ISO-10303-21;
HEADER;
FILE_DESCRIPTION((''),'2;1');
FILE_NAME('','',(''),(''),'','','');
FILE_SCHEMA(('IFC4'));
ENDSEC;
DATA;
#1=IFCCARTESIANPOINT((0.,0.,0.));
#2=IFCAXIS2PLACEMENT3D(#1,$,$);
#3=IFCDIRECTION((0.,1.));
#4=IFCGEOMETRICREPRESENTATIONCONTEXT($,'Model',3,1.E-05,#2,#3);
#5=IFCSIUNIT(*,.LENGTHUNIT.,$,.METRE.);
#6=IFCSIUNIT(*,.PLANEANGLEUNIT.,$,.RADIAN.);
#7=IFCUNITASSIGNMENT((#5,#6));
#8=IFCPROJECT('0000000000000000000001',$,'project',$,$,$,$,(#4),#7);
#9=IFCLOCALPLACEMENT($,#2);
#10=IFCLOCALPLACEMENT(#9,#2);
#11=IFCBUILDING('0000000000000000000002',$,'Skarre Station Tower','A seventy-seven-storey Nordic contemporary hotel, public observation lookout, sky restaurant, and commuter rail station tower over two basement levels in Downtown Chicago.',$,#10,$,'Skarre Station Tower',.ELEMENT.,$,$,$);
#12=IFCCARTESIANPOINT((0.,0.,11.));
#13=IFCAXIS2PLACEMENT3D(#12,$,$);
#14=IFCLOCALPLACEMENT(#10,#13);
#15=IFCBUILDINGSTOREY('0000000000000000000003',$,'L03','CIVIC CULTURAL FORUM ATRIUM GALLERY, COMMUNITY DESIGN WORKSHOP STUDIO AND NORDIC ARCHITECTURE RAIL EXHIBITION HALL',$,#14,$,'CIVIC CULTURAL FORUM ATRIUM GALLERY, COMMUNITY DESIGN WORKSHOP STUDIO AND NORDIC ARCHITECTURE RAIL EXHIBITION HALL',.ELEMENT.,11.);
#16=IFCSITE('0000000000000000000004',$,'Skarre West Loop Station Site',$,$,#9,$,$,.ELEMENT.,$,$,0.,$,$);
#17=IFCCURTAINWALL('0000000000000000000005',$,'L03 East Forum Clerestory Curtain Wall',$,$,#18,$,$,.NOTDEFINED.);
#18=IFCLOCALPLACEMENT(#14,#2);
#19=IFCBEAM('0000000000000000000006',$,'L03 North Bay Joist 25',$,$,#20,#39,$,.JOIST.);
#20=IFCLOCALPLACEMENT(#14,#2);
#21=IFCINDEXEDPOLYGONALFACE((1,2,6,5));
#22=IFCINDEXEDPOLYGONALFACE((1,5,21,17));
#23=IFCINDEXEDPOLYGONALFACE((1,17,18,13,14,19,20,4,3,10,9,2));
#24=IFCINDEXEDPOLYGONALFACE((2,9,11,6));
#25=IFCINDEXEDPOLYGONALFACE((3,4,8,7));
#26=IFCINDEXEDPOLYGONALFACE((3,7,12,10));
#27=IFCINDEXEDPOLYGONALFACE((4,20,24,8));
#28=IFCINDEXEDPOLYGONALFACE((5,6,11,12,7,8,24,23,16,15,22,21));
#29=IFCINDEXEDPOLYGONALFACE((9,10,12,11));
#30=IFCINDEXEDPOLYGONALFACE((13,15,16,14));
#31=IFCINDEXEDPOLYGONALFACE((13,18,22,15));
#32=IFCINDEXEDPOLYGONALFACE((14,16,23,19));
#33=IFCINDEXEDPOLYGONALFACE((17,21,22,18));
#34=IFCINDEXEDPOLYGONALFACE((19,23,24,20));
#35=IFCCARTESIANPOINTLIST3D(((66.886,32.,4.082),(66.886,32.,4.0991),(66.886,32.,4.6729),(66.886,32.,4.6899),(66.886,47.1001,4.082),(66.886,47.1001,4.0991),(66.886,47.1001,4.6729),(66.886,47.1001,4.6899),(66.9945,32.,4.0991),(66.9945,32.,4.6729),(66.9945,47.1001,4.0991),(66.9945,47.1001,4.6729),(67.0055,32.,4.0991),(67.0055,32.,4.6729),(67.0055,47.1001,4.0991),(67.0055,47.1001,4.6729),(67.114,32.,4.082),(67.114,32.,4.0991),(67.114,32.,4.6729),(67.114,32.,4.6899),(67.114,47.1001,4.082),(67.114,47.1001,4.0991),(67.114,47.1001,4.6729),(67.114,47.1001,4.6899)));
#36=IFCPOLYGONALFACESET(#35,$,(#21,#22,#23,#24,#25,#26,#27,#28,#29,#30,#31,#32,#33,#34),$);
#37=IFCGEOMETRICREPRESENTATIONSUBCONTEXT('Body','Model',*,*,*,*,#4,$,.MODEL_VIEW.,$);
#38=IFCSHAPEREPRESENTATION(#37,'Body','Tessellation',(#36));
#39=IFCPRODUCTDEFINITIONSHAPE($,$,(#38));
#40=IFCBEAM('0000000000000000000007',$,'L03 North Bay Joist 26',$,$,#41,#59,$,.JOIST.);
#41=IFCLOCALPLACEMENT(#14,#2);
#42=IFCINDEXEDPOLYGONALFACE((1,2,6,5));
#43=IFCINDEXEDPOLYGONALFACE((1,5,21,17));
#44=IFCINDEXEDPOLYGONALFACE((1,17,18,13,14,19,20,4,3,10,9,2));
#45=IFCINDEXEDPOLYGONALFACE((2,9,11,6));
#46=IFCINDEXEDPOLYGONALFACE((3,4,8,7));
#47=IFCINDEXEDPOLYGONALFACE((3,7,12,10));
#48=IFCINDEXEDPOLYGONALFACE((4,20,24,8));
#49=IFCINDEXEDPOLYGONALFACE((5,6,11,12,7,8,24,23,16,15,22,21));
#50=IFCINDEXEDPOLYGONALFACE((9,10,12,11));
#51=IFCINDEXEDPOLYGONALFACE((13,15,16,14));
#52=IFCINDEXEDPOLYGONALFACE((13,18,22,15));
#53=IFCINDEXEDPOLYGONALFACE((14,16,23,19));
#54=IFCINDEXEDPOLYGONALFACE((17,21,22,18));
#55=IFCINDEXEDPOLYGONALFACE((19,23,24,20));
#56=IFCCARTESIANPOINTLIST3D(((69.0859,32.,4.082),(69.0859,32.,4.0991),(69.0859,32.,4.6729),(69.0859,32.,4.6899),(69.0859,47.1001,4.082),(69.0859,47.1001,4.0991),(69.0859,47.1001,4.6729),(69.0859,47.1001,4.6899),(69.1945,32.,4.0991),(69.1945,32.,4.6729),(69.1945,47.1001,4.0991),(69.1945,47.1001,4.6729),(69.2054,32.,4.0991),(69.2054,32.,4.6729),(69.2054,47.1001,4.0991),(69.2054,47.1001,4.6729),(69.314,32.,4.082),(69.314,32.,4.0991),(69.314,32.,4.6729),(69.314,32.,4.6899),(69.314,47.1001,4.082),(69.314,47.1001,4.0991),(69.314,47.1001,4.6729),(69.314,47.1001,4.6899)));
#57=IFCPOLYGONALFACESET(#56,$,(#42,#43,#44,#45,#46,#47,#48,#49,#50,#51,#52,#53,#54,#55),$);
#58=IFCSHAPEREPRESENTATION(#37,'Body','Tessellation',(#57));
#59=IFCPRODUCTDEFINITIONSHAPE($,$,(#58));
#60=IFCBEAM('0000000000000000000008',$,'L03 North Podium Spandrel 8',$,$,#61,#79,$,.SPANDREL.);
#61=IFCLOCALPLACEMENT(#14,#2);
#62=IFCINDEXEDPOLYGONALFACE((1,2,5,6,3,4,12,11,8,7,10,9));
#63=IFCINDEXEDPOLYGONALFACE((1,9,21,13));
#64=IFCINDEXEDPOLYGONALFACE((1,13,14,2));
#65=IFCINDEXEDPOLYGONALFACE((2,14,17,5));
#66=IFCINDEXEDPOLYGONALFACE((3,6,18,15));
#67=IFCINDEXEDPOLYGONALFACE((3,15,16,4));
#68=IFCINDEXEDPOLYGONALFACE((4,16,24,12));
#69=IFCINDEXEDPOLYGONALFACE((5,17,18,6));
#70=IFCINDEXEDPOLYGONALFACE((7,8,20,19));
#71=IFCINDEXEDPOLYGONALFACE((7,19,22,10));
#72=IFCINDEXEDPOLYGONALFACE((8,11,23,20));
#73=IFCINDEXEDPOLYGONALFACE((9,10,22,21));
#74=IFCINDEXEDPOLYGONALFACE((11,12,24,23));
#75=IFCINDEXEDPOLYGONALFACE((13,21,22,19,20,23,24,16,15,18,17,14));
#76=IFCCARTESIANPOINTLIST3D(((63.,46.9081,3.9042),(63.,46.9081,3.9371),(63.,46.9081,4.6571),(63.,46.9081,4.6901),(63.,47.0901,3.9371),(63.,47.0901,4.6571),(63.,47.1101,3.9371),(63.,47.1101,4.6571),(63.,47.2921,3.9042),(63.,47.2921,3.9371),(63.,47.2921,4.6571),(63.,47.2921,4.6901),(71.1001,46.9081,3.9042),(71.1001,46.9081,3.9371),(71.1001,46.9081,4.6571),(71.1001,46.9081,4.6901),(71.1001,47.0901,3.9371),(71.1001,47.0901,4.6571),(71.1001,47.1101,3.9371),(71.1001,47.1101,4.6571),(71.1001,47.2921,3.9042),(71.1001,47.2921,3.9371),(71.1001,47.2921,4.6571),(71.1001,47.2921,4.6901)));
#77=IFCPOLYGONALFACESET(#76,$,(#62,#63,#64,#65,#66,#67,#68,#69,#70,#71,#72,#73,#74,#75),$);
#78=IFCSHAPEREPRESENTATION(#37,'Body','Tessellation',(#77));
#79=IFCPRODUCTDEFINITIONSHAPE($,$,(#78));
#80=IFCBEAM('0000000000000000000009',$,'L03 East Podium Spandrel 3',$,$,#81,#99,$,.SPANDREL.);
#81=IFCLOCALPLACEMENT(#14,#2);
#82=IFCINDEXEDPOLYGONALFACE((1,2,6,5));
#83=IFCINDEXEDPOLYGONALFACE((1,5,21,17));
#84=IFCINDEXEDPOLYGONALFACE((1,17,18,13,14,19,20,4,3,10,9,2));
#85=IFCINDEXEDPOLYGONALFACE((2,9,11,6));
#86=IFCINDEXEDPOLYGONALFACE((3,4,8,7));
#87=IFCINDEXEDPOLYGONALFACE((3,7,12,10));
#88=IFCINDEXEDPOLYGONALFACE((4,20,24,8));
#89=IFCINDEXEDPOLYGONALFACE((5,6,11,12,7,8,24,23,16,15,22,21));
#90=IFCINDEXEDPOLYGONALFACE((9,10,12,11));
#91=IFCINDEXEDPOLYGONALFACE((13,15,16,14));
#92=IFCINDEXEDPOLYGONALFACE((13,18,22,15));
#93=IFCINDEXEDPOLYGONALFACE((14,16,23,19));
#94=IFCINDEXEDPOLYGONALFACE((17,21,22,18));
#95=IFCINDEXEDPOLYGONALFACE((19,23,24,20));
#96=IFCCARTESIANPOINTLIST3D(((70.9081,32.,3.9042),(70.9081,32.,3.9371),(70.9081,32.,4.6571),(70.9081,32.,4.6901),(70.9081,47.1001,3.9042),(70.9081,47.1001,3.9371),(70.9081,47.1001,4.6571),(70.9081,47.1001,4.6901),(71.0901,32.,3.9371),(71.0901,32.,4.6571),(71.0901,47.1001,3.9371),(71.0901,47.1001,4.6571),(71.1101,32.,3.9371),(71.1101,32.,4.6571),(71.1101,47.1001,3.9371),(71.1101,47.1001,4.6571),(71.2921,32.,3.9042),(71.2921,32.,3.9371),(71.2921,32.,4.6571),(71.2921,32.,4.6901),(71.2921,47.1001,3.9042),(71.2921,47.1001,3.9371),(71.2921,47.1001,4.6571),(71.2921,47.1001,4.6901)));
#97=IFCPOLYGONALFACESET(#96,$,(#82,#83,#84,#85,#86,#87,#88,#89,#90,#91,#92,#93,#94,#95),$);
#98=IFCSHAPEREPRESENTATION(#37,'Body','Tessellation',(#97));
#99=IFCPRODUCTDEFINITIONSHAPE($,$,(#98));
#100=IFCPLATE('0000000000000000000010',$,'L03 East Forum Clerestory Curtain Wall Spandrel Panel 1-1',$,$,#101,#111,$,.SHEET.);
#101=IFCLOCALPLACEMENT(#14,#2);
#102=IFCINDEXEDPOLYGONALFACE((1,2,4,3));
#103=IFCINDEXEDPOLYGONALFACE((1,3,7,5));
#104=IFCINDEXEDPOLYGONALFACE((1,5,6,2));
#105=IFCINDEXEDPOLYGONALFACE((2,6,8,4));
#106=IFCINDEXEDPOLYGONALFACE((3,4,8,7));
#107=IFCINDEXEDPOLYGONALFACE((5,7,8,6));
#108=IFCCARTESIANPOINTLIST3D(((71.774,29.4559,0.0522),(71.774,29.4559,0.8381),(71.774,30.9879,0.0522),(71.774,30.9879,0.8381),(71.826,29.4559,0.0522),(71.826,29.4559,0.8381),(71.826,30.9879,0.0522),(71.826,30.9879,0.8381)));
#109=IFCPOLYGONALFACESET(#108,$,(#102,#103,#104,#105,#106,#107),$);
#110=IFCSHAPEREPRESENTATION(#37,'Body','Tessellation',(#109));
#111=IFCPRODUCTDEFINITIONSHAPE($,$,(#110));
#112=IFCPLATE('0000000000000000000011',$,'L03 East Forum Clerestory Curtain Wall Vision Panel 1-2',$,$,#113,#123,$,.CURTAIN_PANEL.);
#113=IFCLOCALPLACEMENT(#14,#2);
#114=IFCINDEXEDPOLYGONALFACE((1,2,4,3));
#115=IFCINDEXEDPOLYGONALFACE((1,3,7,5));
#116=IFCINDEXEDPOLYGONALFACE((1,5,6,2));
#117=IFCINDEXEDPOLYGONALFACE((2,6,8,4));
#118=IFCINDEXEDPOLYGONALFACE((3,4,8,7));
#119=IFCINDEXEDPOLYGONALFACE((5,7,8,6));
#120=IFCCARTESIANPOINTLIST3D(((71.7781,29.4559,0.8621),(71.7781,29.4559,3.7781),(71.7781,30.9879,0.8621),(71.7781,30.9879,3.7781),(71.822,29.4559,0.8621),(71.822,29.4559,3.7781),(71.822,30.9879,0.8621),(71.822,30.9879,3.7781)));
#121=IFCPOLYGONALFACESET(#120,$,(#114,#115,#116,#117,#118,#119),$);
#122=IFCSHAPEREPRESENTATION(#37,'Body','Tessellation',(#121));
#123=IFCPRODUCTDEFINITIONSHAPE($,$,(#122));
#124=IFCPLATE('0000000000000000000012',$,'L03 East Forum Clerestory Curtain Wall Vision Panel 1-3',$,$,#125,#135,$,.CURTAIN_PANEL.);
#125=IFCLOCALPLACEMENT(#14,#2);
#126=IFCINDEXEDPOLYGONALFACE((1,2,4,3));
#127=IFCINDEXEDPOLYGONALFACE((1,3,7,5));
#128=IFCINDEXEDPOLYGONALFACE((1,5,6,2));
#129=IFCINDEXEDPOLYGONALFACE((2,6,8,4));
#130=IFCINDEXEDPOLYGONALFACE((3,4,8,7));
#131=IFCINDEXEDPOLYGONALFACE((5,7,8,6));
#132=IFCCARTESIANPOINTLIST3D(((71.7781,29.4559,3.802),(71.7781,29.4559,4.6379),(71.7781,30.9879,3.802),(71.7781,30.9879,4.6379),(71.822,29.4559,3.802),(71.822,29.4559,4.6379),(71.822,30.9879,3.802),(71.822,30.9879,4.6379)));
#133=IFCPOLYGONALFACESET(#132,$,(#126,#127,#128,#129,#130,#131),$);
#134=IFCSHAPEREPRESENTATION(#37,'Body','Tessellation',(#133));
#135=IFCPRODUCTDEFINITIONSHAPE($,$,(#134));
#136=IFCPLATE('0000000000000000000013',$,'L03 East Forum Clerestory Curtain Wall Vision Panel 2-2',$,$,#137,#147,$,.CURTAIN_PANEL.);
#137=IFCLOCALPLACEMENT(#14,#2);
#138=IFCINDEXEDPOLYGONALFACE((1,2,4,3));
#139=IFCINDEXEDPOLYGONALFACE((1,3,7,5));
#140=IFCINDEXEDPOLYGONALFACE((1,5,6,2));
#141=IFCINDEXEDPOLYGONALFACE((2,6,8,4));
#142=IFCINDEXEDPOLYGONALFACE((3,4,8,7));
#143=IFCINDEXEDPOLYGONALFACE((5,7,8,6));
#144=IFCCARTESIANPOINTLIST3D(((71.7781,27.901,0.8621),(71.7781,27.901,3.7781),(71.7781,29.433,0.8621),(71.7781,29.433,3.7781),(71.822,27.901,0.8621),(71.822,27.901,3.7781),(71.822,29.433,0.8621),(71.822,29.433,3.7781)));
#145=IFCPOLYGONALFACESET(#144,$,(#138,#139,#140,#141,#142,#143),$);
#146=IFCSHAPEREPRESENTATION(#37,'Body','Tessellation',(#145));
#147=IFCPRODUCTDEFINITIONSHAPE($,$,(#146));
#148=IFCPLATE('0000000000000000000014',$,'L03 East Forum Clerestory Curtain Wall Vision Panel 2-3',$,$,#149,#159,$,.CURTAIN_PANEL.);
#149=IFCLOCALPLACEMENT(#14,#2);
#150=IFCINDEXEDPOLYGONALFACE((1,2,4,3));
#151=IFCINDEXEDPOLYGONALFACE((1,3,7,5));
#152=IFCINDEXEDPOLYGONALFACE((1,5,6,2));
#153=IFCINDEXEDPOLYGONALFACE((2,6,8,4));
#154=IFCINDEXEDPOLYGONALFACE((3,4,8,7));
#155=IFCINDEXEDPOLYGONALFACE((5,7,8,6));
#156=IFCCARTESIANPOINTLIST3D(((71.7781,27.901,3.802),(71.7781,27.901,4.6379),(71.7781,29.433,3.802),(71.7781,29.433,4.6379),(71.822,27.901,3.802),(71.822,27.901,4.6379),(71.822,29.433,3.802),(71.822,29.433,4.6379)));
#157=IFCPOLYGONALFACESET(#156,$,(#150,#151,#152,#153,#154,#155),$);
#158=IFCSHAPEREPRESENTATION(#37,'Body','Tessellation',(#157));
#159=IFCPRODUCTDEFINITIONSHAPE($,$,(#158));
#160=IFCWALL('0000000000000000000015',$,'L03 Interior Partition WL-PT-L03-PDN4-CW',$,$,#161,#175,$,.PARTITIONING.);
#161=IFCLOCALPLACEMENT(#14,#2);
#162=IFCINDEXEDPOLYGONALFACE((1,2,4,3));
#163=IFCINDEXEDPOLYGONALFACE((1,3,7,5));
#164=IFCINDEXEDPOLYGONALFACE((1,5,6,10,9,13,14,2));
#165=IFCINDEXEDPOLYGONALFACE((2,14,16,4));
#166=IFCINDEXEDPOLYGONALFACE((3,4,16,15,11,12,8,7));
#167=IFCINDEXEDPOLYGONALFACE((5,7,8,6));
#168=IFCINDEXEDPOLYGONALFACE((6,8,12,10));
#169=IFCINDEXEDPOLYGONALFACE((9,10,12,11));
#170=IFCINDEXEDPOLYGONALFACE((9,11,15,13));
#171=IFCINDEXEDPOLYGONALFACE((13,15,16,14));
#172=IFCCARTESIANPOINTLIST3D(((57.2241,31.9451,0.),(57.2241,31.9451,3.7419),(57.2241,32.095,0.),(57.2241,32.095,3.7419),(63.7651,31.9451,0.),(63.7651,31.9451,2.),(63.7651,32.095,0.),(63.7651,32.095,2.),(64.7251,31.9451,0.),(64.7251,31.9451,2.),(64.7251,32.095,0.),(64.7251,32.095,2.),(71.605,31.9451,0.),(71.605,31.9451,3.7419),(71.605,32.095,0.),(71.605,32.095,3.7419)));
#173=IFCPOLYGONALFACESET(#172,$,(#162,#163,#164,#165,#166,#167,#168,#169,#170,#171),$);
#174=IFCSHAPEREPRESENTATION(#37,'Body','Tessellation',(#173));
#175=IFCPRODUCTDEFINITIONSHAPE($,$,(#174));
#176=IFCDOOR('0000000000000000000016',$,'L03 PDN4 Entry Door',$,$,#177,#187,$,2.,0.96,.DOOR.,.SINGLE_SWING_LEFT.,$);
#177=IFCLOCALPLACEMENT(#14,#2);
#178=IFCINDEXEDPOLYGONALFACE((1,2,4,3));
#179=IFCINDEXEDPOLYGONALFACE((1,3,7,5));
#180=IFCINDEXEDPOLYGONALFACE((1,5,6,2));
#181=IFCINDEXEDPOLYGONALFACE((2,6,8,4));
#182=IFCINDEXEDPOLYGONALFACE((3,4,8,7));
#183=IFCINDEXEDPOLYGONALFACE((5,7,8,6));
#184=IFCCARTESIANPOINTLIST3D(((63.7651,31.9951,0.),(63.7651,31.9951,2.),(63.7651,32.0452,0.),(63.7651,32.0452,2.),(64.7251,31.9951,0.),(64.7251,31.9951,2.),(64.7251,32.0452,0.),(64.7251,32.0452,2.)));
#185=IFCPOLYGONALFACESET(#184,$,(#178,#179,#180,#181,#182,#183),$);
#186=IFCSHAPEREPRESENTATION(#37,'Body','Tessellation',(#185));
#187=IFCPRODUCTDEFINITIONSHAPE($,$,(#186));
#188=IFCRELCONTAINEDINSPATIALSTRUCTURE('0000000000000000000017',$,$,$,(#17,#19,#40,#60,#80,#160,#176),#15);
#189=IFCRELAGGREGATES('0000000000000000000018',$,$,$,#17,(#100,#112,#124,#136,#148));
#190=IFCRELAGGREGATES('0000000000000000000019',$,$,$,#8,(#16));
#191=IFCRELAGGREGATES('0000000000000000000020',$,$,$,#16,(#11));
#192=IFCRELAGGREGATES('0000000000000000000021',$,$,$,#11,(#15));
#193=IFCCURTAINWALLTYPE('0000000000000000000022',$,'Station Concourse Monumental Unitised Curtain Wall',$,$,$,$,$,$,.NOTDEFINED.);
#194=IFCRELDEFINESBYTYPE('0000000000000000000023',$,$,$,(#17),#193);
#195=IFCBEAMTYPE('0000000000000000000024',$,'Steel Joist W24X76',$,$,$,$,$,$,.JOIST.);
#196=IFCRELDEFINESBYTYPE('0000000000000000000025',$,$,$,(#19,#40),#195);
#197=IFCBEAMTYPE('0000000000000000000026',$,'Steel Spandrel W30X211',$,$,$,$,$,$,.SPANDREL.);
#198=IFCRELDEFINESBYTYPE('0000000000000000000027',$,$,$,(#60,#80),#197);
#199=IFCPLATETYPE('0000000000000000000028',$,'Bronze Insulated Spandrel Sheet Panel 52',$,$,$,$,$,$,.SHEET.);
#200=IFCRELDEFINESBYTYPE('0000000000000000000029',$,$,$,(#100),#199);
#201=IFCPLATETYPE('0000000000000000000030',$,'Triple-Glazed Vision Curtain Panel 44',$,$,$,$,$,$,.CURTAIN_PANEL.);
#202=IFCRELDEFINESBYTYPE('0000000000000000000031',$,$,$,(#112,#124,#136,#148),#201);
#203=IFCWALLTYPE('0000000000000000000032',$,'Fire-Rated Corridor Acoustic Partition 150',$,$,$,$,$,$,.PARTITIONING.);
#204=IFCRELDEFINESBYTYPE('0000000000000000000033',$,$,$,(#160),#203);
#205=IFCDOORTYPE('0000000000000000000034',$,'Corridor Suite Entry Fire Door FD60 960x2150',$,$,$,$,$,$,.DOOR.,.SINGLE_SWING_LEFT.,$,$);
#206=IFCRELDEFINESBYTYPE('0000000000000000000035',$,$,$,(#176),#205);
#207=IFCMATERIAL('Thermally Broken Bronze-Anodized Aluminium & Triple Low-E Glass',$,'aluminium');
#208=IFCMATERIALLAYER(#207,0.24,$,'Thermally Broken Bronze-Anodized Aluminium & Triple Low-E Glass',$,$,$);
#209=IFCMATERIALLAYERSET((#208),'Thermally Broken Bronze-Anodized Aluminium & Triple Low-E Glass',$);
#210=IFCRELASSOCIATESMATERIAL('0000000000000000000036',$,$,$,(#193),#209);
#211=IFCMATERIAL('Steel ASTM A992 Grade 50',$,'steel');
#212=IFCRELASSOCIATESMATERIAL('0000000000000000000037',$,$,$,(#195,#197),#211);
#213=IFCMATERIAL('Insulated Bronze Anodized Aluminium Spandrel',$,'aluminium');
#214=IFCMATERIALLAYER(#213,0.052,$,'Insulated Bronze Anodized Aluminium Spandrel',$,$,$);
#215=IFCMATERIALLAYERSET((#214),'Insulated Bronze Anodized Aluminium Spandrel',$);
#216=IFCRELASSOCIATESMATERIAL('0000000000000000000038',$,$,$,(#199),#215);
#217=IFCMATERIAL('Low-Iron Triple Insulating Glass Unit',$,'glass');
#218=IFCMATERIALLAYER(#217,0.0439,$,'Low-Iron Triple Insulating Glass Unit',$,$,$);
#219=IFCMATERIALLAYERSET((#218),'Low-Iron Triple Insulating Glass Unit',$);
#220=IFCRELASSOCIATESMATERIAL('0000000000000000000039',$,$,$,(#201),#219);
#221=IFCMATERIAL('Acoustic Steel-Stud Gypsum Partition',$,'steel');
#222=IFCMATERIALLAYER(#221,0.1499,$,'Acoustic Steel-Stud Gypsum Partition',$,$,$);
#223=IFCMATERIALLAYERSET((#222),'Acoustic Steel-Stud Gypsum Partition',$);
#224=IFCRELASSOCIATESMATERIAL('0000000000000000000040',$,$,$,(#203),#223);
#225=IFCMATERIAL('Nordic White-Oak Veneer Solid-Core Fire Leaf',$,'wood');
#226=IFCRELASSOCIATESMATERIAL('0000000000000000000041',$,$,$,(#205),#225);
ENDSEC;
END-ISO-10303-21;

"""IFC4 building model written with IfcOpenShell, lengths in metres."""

from ifc_helpers import new_model, si_unit, direction, frame, frame_2d, origin, origin_2d, place, context, subcontext, project, spatial, rectangle, i_section, extrude, material, layer, layer_set, material_profile, profile_set, type_object, element, fill, aggregate, save


model = new_model("IFC4")

# Units and contexts
model_context = context("Model", 3, precision=1e-05, world=origin(), true_north=direction((0.0, 1.0)))
body_context = subcontext(model_context, "Body", "Model", "MODEL_VIEW")
ifc_project = project(units=[si_unit("LENGTHUNIT", "METRE"), si_unit("PLANEANGLEUNIT", "RADIAN")], contexts=[model_context])

# Site, building, storey
site_placement = place(None, origin())
site = spatial("IfcSite", under=ifc_project, at=site_placement, Name="Skarre West Loop Station Site", CompositionType="ELEMENT", RefElevation=0.0)
building_placement = place(site_placement, origin())
building = spatial("IfcBuilding", under=site, at=building_placement, Name="Skarre Station Tower", Description="A seventy-seven-storey Nordic contemporary hotel, public observation lookout, sky restaurant, and commuter rail station tower over two basement levels in Downtown Chicago.", LongName="Skarre Station Tower", CompositionType="ELEMENT")
storey_placement = place(building_placement, frame((0.0, 0.0, 11.0)))
storey = spatial("IfcBuildingStorey", under=building, at=storey_placement, Name="L03", Description="CIVIC CULTURAL FORUM ATRIUM GALLERY, COMMUNITY DESIGN WORKSHOP STUDIO AND NORDIC ARCHITECTURE RAIL EXHIBITION HALL", LongName="CIVIC CULTURAL FORUM ATRIUM GALLERY, COMMUNITY DESIGN WORKSHOP STUDIO AND NORDIC ARCHITECTURE RAIL EXHIBITION HALL", CompositionType="ELEMENT", Elevation=11.0)

# Curtain wall
ifc_material_1 = material(Name="Thermally Broken Bronze-Anodized Aluminium & Triple Low-E Glass", Category="aluminium")
ifc_layer_1 = layer(ifc_material_1, 0.24, Name="Thermally Broken Bronze-Anodized Aluminium & Triple Low-E Glass")
ifc_layer_set_1 = layer_set([ifc_layer_1], Name="Thermally Broken Bronze-Anodized Aluminium & Triple Low-E Glass")
curtain_wall_type = type_object("IfcCurtainWallType", Name="Station Concourse Monumental Unitised Curtain Wall", PredefinedType="NOTDEFINED", material=ifc_layer_set_1)
curtain_wall_placement = place(storey_placement, origin())
curtain_wall = element("IfcCurtainWall", 1, at=curtain_wall_placement, inside=storey, type_object=curtain_wall_type, Name="L03 East Forum Clerestory Curtain Wall", PredefinedType="NOTDEFINED")

# Beams
ifc_material_2 = material(Name="Steel ASTM A992 Grade 50", Category="steel")
ifc_material_profile_1 = material_profile(ifc_material_2, i_section(OverallWidth=0.228, OverallDepth=0.6079, WebThickness=0.011, FlangeThickness=0.0171, at=origin_2d()), Name="Steel ASTM A992 Grade 50")
ifc_profile_set_1 = profile_set([ifc_material_profile_1], Name="Steel ASTM A992 Grade 50")
beam_type_1 = type_object("IfcBeamType", Name="Steel Joist W24X76", PredefinedType="JOIST", material=ifc_profile_set_1)
for number, where, z_axis, x_axis, name in (
    (2, (67.0, 32.0, 4.386), (0.0, 1.0, 0.0), (-1.0, 0.0, 0.0), "L03 North Bay Joist 25"),
    (3, (69.2, 32.0, 4.386), (0.0, 1.0, 0.0), (-1.0, 0.0, 0.0), "L03 North Bay Joist 26"),
):
    element("IfcBeam", number, at=place(storey_placement, frame(where, z_axis=z_axis, x_axis=x_axis)), inside=storey, type_object=beam_type_1, Name=name, PredefinedType="JOIST", context=body_context, shape_type="SweptSolid", body=[
        extrude(i_section(OverallWidth=0.228, OverallDepth=0.6079, WebThickness=0.011, FlangeThickness=0.0171, at=origin_2d()), origin(), (0.0, 0.0, 1.0), 15.1001),
    ])
ifc_material_profile_2 = material_profile(ifc_material_2, i_section(OverallWidth=0.384, OverallDepth=0.7859, WebThickness=0.02, FlangeThickness=0.033, at=origin_2d()), Name="Steel ASTM A992 Grade 50")
ifc_profile_set_2 = profile_set([ifc_material_profile_2], Name="Steel ASTM A992 Grade 50")
beam_type_2 = type_object("IfcBeamType", Name="Steel Spandrel W30X211", PredefinedType="SPANDREL", material=ifc_profile_set_2)
beam_1_placement = place(storey_placement, frame((63.0, 47.1001, 4.2971), z_axis=(1.0, 0.0, 0.0), x_axis=(0.0, 1.0, 0.0)))
element("IfcBeam", 4, at=beam_1_placement, inside=storey, type_object=beam_type_2, Name="L03 North Podium Spandrel 8", PredefinedType="SPANDREL", context=body_context, shape_type="SweptSolid", body=[
    extrude(i_section(OverallWidth=0.384, OverallDepth=0.7859, WebThickness=0.02, FlangeThickness=0.033, at=origin_2d()), origin(), (0.0, 0.0, 1.0), 8.1001),
])
beam_2_placement = place(storey_placement, frame((71.1001, 32.0, 4.2971), z_axis=(0.0, 1.0, 0.0), x_axis=(-1.0, 0.0, 0.0)))
element("IfcBeam", 5, at=beam_2_placement, inside=storey, type_object=beam_type_2, Name="L03 East Podium Spandrel 3", PredefinedType="SPANDREL", context=body_context, shape_type="SweptSolid", body=[
    extrude(i_section(OverallWidth=0.384, OverallDepth=0.7859, WebThickness=0.02, FlangeThickness=0.033, at=origin_2d()), origin(), (0.0, 0.0, 1.0), 15.1001),
])

# Plates
ifc_material_3 = material(Name="Insulated Bronze Anodized Aluminium Spandrel", Category="aluminium")
ifc_layer_2 = layer(ifc_material_3, 0.052, Name="Insulated Bronze Anodized Aluminium Spandrel")
ifc_layer_set_2 = layer_set([ifc_layer_2], Name="Insulated Bronze Anodized Aluminium Spandrel")
plate_type_1 = type_object("IfcPlateType", Name="Bronze Insulated Spandrel Sheet Panel 52", PredefinedType="SHEET", material=ifc_layer_set_2)
plate_1_placement = place(storey_placement, frame((71.8, 30.2219, 0.0522), z_axis=(0.0, 0.0, 1.0), x_axis=(0.0, -1.0, 0.0)))
plate_1 = element("IfcPlate", 6, at=plate_1_placement, type_object=plate_type_1, Name="L03 East Forum Clerestory Curtain Wall Spandrel Panel 1-1", PredefinedType="SHEET", context=body_context, shape_type="SweptSolid", body=[
    extrude(rectangle(XDim=1.532, YDim=0.052, at=origin_2d()), origin(), (0.0, 0.0, 1.0), 0.7859),
])
ifc_material_4 = material(Name="Low-Iron Triple Insulating Glass Unit", Category="glass")
ifc_layer_3 = layer(ifc_material_4, 0.0439, Name="Low-Iron Triple Insulating Glass Unit")
ifc_layer_set_3 = layer_set([ifc_layer_3], Name="Low-Iron Triple Insulating Glass Unit")
plate_type_2 = type_object("IfcPlateType", Name="Triple-Glazed Vision Curtain Panel 44", PredefinedType="CURTAIN_PANEL", material=ifc_layer_set_3)
plate_2_placement = place(storey_placement, frame((71.8, 30.2219, 0.8621), z_axis=(0.0, 0.0, 1.0), x_axis=(0.0, -1.0, 0.0)))
plate_2 = element("IfcPlate", 7, at=plate_2_placement, type_object=plate_type_2, Name="L03 East Forum Clerestory Curtain Wall Vision Panel 1-2", PredefinedType="CURTAIN_PANEL", context=body_context, shape_type="SweptSolid", body=[
    extrude(rectangle(XDim=1.532, YDim=0.0439, at=origin_2d()), origin(), (0.0, 0.0, 1.0), 2.916),
])
plate_3_placement = place(storey_placement, frame((71.8, 30.2219, 3.802), z_axis=(0.0, 0.0, 1.0), x_axis=(0.0, -1.0, 0.0)))
plate_3 = element("IfcPlate", 8, at=plate_3_placement, type_object=plate_type_2, Name="L03 East Forum Clerestory Curtain Wall Vision Panel 1-3", PredefinedType="CURTAIN_PANEL", context=body_context, shape_type="SweptSolid", body=[
    extrude(rectangle(XDim=1.532, YDim=0.0439, at=origin_2d()), origin(), (0.0, 0.0, 1.0), 0.8359),
])
plate_4_placement = place(storey_placement, frame((71.8, 28.667, 0.8621), z_axis=(0.0, 0.0, 1.0), x_axis=(0.0, -1.0, 0.0)))
plate_4 = element("IfcPlate", 9, at=plate_4_placement, type_object=plate_type_2, Name="L03 East Forum Clerestory Curtain Wall Vision Panel 2-2", PredefinedType="CURTAIN_PANEL", context=body_context, shape_type="SweptSolid", body=[
    extrude(rectangle(XDim=1.532, YDim=0.0439, at=origin_2d()), origin(), (0.0, 0.0, 1.0), 2.916),
])
plate_5_placement = place(storey_placement, frame((71.8, 28.667, 3.802), z_axis=(0.0, 0.0, 1.0), x_axis=(0.0, -1.0, 0.0)))
plate_5 = element("IfcPlate", 10, at=plate_5_placement, type_object=plate_type_2, Name="L03 East Forum Clerestory Curtain Wall Vision Panel 2-3", PredefinedType="CURTAIN_PANEL", context=body_context, shape_type="SweptSolid", body=[
    extrude(rectangle(XDim=1.532, YDim=0.0439, at=origin_2d()), origin(), (0.0, 0.0, 1.0), 0.8359),
])
aggregate(curtain_wall, [plate_1, plate_2, plate_3, plate_4, plate_5])

# Wall, opening, door
ifc_material_5 = material(Name="Acoustic Steel-Stud Gypsum Partition", Category="steel")
ifc_layer_4 = layer(ifc_material_5, 0.1499, Name="Acoustic Steel-Stud Gypsum Partition")
ifc_layer_set_4 = layer_set([ifc_layer_4], Name="Acoustic Steel-Stud Gypsum Partition")
wall_type_1 = type_object("IfcWallType", Name="Fire-Rated Corridor Acoustic Partition 150", PredefinedType="PARTITIONING", material=ifc_layer_set_4)
wall_1_placement = place(storey_placement, frame((71.605, 32.02, 0.0), z_axis=(0.0, 0.0, 1.0), x_axis=(-1.0, 0.0, 0.0)))
wall_1 = element("IfcWall", 11, at=wall_1_placement, inside=storey, type_object=wall_type_1, Name="L03 Interior Partition WL-PT-L03-PDN4-CW", PredefinedType="PARTITIONING", context=body_context, shape_type="SweptSolid", body=[
    extrude(rectangle(XDim=14.3809, YDim=0.1499, at=frame_2d((7.1904, 0.0))), origin(), (0.0, 0.0, 1.0), 3.7419),
])
opening_1_placement = place(wall_1_placement, frame((6.8799, 0.0, 0.0)))
opening_1 = element("IfcOpeningElement", 12, at=opening_1_placement, cuts=wall_1, PredefinedType="OPENING", context=body_context, shape_type="SweptSolid", body=[
    extrude(rectangle(XDim=0.96, YDim=2.0, at=frame_2d((0.48, 1.0))), frame((0.0, 0.085, 0.0), z_axis=(0.0, -1.0, 0.0), x_axis=(1.0, 0.0, 0.0)), (0.0, 0.0, 1.0), 0.1699),
])
ifc_material_6 = material(Name="Nordic White-Oak Veneer Solid-Core Fire Leaf", Category="wood")
door_type = type_object("IfcDoorType", Name="Corridor Suite Entry Fire Door FD60 960x2150", OperationType="SINGLE_SWING_LEFT", PredefinedType="DOOR", material=ifc_material_6)
door_placement = place(opening_1_placement, origin())
door = element("IfcDoor", 13, at=door_placement, inside=storey, type_object=door_type, Name="L03 PDN4 Entry Door", OperationType="SINGLE_SWING_LEFT", OverallHeight=2.0, OverallWidth=0.96, PredefinedType="DOOR", context=body_context, shape_type="SweptSolid", body=[
    extrude(rectangle(XDim=0.96, YDim=2.0, at=frame_2d((0.48, 1.0))), frame((0.0, 0.0249, 0.0), z_axis=(0.0, -1.0, 0.0), x_axis=(1.0, 0.0, 0.0)), (0.0, 0.0, 1.0), 0.05),
])
fill(opening_1, door)

save(model, "model.ifc")
